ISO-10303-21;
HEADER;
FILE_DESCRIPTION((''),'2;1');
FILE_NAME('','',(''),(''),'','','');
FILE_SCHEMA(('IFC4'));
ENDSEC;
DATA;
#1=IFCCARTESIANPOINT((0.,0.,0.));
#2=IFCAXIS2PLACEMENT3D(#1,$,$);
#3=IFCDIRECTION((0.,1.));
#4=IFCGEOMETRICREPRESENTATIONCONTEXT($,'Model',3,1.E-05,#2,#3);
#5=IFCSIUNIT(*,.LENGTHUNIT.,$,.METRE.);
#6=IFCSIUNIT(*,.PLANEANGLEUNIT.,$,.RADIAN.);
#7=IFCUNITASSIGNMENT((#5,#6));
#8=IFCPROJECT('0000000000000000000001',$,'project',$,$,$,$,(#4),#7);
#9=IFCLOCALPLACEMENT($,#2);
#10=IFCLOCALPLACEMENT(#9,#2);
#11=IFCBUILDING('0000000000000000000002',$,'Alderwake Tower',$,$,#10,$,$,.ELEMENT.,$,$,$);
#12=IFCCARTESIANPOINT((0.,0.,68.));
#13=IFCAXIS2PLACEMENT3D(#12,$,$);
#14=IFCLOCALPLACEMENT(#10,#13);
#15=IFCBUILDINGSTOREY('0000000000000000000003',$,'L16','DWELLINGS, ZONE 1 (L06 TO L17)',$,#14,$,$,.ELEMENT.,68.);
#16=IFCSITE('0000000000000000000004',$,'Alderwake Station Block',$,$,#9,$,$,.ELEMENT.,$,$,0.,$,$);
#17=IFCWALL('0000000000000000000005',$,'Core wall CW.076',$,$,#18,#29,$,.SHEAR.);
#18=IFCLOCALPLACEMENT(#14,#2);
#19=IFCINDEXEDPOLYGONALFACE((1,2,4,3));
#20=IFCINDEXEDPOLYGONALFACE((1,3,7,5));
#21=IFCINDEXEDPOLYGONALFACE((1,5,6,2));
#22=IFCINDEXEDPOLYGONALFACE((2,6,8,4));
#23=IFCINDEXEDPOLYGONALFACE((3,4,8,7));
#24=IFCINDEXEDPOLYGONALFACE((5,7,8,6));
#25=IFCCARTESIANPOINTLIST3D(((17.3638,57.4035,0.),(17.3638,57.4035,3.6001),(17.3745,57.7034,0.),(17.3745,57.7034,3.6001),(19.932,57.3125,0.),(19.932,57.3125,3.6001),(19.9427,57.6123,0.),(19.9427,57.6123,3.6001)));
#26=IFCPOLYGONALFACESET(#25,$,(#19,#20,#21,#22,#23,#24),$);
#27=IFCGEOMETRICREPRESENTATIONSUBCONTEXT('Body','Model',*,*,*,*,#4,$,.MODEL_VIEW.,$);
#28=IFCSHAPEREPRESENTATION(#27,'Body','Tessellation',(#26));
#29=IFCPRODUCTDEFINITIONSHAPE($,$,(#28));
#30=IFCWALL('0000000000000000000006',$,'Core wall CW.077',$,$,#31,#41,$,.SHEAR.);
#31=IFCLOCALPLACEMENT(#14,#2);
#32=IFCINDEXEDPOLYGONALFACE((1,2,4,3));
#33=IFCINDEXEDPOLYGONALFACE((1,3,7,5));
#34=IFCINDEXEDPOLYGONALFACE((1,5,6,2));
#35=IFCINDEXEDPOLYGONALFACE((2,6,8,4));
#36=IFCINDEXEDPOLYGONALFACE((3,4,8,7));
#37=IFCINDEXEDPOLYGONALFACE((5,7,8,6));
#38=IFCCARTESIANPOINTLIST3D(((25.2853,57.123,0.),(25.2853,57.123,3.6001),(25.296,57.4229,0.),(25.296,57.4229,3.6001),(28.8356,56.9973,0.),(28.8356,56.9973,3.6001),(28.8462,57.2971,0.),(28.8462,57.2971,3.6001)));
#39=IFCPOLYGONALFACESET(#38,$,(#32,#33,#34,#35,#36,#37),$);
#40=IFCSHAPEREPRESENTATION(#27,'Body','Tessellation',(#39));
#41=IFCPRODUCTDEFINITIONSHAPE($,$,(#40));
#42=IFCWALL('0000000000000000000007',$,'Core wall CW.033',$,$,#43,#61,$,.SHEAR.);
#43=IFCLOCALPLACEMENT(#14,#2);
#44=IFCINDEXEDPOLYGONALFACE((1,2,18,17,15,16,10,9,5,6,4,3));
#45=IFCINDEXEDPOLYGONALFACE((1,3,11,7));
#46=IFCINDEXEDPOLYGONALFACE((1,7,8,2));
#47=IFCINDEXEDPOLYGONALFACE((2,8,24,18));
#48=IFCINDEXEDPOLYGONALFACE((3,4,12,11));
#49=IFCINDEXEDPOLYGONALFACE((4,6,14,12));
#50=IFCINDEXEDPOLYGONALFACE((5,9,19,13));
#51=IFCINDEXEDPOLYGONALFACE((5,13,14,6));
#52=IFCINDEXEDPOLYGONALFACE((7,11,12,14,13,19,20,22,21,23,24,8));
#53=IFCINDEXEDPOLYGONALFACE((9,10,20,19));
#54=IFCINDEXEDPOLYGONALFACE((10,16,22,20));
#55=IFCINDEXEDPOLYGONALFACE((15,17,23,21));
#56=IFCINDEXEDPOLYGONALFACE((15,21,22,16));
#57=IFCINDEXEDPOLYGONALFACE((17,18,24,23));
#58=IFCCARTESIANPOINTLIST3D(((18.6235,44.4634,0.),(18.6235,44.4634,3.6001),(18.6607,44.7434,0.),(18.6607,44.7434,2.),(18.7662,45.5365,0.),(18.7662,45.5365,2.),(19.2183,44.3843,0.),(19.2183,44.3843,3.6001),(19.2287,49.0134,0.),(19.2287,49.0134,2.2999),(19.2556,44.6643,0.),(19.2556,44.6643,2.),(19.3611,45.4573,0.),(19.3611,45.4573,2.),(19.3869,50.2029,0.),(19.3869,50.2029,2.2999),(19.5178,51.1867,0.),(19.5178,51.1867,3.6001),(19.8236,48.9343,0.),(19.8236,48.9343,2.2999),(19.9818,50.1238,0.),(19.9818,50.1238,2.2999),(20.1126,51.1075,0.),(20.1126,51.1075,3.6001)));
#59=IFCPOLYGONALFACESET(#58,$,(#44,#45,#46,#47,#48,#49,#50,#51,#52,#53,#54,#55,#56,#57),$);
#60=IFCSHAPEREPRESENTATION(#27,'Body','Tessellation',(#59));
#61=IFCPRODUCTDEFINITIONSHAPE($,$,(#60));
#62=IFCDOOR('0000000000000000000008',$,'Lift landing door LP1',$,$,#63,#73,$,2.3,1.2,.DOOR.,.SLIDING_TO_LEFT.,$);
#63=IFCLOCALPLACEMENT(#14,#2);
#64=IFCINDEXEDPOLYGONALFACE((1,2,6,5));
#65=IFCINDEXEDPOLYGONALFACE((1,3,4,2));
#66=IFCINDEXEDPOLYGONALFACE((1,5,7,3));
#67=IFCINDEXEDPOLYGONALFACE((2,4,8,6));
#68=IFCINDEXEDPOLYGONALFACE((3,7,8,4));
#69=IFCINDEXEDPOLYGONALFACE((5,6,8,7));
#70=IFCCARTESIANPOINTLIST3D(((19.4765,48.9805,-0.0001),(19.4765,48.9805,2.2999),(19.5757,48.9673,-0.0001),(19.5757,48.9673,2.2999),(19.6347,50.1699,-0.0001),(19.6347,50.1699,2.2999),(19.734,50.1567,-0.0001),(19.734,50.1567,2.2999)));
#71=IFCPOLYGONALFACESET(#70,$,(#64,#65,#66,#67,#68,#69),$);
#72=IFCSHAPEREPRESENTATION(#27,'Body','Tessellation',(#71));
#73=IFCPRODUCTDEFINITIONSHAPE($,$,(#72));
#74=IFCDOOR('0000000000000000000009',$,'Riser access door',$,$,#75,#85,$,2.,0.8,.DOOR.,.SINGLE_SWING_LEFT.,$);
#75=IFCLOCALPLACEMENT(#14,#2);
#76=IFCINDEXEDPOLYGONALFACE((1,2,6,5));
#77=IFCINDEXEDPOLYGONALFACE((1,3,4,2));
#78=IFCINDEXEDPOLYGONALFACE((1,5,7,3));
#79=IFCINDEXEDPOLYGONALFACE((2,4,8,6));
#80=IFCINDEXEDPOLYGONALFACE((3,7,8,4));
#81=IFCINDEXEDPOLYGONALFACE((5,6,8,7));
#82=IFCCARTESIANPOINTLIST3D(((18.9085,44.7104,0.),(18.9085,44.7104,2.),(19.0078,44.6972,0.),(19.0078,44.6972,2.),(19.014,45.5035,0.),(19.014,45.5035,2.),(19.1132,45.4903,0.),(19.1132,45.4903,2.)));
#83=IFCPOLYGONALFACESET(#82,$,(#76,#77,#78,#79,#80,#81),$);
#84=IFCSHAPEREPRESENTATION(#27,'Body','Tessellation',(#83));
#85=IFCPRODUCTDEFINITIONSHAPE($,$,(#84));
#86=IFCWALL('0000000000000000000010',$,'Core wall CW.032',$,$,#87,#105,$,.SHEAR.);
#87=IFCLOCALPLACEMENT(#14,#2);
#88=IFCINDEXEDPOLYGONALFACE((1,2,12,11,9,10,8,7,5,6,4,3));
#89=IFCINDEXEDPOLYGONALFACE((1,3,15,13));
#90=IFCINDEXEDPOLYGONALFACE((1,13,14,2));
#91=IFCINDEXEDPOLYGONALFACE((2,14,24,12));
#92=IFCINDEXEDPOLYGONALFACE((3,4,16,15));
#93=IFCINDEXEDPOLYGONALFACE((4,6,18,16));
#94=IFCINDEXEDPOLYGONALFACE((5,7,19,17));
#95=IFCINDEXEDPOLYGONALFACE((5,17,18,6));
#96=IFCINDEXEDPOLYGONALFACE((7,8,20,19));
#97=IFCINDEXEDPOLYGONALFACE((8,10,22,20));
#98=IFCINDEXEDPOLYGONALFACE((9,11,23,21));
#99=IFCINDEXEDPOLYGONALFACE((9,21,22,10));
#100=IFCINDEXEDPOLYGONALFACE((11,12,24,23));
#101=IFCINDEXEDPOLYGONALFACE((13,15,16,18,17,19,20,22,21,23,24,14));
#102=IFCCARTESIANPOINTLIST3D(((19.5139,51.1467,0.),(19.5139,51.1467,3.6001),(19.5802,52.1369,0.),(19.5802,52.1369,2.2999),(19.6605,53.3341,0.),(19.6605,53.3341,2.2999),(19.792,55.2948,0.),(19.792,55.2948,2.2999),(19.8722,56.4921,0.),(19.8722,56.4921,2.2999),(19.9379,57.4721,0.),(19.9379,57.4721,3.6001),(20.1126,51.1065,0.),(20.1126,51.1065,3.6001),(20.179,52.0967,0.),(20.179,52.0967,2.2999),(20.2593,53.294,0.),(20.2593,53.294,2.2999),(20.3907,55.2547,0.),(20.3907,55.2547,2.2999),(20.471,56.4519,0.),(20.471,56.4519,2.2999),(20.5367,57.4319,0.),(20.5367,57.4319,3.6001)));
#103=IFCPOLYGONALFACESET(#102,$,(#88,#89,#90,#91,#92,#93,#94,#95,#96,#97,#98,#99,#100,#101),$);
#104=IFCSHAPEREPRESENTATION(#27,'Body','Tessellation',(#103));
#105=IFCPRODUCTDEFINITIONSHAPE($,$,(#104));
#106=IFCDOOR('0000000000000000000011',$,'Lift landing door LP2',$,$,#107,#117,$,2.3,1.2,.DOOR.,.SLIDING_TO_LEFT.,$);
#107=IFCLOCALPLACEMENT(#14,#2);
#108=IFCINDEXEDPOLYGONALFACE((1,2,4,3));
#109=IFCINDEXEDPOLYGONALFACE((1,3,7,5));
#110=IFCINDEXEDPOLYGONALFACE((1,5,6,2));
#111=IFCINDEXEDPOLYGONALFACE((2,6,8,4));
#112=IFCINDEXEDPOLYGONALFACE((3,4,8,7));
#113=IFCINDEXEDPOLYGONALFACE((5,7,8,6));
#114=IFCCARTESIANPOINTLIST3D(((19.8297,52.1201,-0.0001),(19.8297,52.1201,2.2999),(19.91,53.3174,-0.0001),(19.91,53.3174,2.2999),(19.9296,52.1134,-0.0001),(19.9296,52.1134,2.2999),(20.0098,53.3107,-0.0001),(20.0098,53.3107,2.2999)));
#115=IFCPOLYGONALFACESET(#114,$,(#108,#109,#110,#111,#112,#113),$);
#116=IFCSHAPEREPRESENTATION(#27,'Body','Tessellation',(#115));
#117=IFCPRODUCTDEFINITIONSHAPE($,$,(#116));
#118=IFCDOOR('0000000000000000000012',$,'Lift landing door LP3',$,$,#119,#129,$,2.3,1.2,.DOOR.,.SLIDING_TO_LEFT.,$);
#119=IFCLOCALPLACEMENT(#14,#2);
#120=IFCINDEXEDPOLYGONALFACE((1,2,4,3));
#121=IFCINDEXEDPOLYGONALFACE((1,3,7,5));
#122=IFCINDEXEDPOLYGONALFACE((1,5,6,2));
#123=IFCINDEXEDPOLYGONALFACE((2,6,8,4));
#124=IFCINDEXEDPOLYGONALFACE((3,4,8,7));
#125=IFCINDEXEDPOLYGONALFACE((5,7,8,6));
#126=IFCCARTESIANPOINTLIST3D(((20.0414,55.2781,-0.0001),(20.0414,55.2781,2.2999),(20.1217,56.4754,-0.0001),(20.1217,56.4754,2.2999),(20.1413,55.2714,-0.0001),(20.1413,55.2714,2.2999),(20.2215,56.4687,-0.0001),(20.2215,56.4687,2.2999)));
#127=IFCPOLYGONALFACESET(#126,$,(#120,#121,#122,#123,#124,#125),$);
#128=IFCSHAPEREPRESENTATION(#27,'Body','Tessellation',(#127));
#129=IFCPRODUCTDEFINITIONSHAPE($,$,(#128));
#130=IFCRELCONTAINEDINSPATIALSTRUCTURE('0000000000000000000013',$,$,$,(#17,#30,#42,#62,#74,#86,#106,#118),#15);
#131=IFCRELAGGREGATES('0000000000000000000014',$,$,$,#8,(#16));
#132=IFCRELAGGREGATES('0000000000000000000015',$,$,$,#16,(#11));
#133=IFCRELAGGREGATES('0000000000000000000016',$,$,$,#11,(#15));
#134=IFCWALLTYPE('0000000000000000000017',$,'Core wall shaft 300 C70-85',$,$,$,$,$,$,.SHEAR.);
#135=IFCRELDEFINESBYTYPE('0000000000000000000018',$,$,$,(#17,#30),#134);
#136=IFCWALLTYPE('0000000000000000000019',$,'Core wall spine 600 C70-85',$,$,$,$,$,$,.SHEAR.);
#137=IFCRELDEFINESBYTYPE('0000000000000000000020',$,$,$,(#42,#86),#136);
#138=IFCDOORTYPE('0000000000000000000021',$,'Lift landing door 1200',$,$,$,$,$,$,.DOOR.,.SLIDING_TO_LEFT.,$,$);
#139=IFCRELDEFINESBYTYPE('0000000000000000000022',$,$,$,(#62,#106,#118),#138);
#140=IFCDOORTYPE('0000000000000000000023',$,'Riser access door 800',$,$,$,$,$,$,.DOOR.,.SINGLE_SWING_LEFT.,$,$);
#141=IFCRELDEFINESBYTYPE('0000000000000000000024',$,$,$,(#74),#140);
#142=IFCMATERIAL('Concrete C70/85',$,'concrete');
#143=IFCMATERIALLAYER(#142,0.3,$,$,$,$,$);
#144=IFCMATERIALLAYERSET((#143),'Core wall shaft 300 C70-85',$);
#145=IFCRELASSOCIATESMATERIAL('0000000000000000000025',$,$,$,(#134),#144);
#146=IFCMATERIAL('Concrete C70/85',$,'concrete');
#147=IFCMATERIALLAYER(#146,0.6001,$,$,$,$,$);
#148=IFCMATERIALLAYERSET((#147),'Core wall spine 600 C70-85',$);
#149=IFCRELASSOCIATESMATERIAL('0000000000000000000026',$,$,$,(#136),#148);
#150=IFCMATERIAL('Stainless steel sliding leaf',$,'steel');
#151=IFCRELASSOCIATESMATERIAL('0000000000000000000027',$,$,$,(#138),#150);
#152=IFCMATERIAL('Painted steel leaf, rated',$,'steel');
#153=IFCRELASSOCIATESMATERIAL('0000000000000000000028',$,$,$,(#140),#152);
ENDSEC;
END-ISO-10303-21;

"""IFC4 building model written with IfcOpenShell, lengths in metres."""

from ifc_helpers import new_model, si_unit, direction, frame, frame_2d, origin, place, context, subcontext, project, spatial, rectangle, extrude, material, layer, layer_set, type_object, element, fill, save


model = new_model("IFC4")

# Units and contexts
model_context = context("Model", 3, precision=1e-05, world=origin(), true_north=direction((0.0, 1.0)))
body_context = subcontext(model_context, "Body", "Model", "MODEL_VIEW")
ifc_project = project(units=[si_unit("LENGTHUNIT", "METRE"), si_unit("PLANEANGLEUNIT", "RADIAN")], contexts=[model_context])

# Site, building, storey
site_placement = place(None, origin())
site = spatial("IfcSite", under=ifc_project, at=site_placement, Name="Alderwake Station Block", CompositionType="ELEMENT", RefElevation=0.0)
building_placement = place(site_placement, origin())
building = spatial("IfcBuilding", under=site, at=building_placement, Name="Alderwake Tower", CompositionType="ELEMENT")
storey_placement = place(building_placement, frame((0.0, 0.0, 68.0)))
storey = spatial("IfcBuildingStorey", under=building, at=storey_placement, Name="L16", Description="DWELLINGS, ZONE 1 (L06 TO L17)", CompositionType="ELEMENT", Elevation=68.0)

# Walls
ifc_material_1 = material(Name="Concrete C70/85", Category="concrete")
ifc_layer_1 = layer(ifc_material_1, 0.3)
ifc_layer_set_1 = layer_set([ifc_layer_1], Name="Core wall shaft 300 C70-85")
wall_type_1 = type_object("IfcWallType", Name="Core wall shaft 300 C70-85", PredefinedType="SHEAR", material=ifc_layer_set_1)
wall_1_placement = place(storey_placement, frame((17.3691, 57.5535, 0.0), z_axis=(0.0, 0.0, 1.0), x_axis=(0.999372, -0.035437, 0.0)))
element("IfcWall", 1, at=wall_1_placement, inside=storey, type_object=wall_type_1, Name="Core wall CW.076", PredefinedType="SHEAR", context=body_context, shape_type="SweptSolid", body=[
    extrude(rectangle(XDim=2.5698, YDim=0.3, at=frame_2d((1.2849, 0.0))), origin(), (0.0, 0.0, 1.0), 3.6001),
])
wall_2_placement = place(storey_placement, frame((25.2905, 57.2729, 0.0), z_axis=(0.0, 0.0, 1.0), x_axis=(0.999373, -0.035392, 0.0)))
element("IfcWall", 2, at=wall_2_placement, inside=storey, type_object=wall_type_1, Name="Core wall CW.077", PredefinedType="SHEAR", context=body_context, shape_type="SweptSolid", body=[
    extrude(rectangle(XDim=3.5525, YDim=0.3, at=frame_2d((1.7764, 0.0))), origin(), (0.0, 0.0, 1.0), 3.6001),
])

# Walls, openings, doors
ifc_material_2 = material(Name="Concrete C70/85", Category="concrete")
ifc_layer_2 = layer(ifc_material_2, 0.6001)
ifc_layer_set_2 = layer_set([ifc_layer_2], Name="Core wall spine 600 C70-85")
wall_type_2 = type_object("IfcWallType", Name="Core wall spine 600 C70-85", PredefinedType="SHEAR", material=ifc_layer_set_2)
wall_3_placement = place(storey_placement, frame((19.8152, 51.147, 0.0), z_axis=(0.0, 0.0, 1.0), x_axis=(-0.131855, -0.991269, 0.0)))
wall_3 = element("IfcWall", 3, at=wall_3_placement, inside=storey, type_object=wall_type_2, Name="Core wall CW.033", PredefinedType="SHEAR", context=body_context, shape_type="SweptSolid", body=[
    extrude(rectangle(XDim=6.7825, YDim=0.6001, at=frame_2d((3.3911, 0.0))), origin(), (0.0, 0.0, 1.0), 3.6001),
])
opening_1_placement = place(wall_3_placement, frame((0.9922, 0.0, 0.0)))
opening_1 = element("IfcOpeningElement", 4, at=opening_1_placement, cuts=wall_3, PredefinedType="OPENING", context=body_context, shape_type="SweptSolid", body=[
    extrude(rectangle(XDim=1.2, YDim=2.3, at=frame_2d((0.6001, 1.1499))), frame((0.0, 0.3101, 0.0), z_axis=(0.0, -1.0, 0.0), x_axis=(1.0, 0.0, 0.0)), (0.0, 0.0, 1.0), 0.6201),
])
opening_2_placement = place(wall_3_placement, frame((5.7, 0.0, 0.0)))
opening_2 = element("IfcOpeningElement", 5, at=opening_2_placement, cuts=wall_3, PredefinedType="OPENING", context=body_context, shape_type="SweptSolid", body=[
    extrude(rectangle(XDim=0.8, YDim=2.0, at=frame_2d((0.3999, 1.0))), frame((0.0, 0.3101, 0.0), z_axis=(0.0, -1.0, 0.0), x_axis=(1.0, 0.0, 0.0)), (0.0, 0.0, 1.0), 0.6201),
])
ifc_material_3 = material(Name="Stainless steel sliding leaf", Category="steel")
door_type_1 = type_object("IfcDoorType", Name="Lift landing door 1200", OperationType="SLIDING_TO_LEFT", PredefinedType="DOOR", material=ifc_material_3)
door_1_placement = place(opening_1_placement, origin())
door_1 = element("IfcDoor", 6, at=door_1_placement, inside=storey, type_object=door_type_1, Name="Lift landing door LP1", OperationType="SLIDING_TO_LEFT", OverallHeight=2.3, OverallWidth=1.2, PredefinedType="DOOR", context=body_context, shape_type="SweptSolid", body=[
    extrude(rectangle(XDim=1.2, YDim=2.3, at=frame_2d((0.6001, 1.1499))), frame((0.0, 0.05, 0.0), z_axis=(0.0, -1.0, 0.0), x_axis=(1.0, 0.0, 0.0)), (0.0, 0.0, 1.0), 0.1001),
])
fill(opening_1, door_1)
ifc_material_4 = material(Name="Painted steel leaf, rated", Category="steel")
door_type_2 = type_object("IfcDoorType", Name="Riser access door 800", OperationType="SINGLE_SWING_LEFT", PredefinedType="DOOR", material=ifc_material_4)
door_2_placement = place(opening_2_placement, origin())
door_2 = element("IfcDoor", 7, at=door_2_placement, inside=storey, type_object=door_type_2, Name="Riser access door", OperationType="SINGLE_SWING_LEFT", OverallHeight=2.0, OverallWidth=0.8, PredefinedType="DOOR", context=body_context, shape_type="SweptSolid", body=[
    extrude(rectangle(XDim=0.8, YDim=2.0, at=frame_2d((0.3999, 1.0))), frame((0.0, 0.05, 0.0), z_axis=(0.0, -1.0, 0.0), x_axis=(1.0, 0.0, 0.0)), (0.0, 0.0, 1.0), 0.1001),
])
fill(opening_2, door_2)
wall_4_placement = place(storey_placement, frame((19.8132, 51.1265, 0.0), z_axis=(0.0, 0.0, 1.0), x_axis=(0.066892, 0.99776, 0.0)))
wall_4 = element("IfcWall", 8, at=wall_4_placement, inside=storey, type_object=wall_type_2, Name="Core wall CW.032", PredefinedType="SHEAR", context=body_context, shape_type="SweptSolid", body=[
    extrude(rectangle(XDim=6.3396, YDim=0.6001, at=frame_2d((3.1699, 0.0))), origin(), (0.0, 0.0, 1.0), 3.6001),
])
opening_3_placement = place(wall_4_placement, frame((0.9924, 0.0, 0.0)))
opening_3 = element("IfcOpeningElement", 9, at=opening_3_placement, cuts=wall_4, PredefinedType="OPENING", context=body_context, shape_type="SweptSolid", body=[
    extrude(rectangle(XDim=1.2, YDim=2.3, at=frame_2d((0.6001, 1.1499))), frame((0.0, 0.3101, 0.0), z_axis=(0.0, -1.0, 0.0), x_axis=(1.0, 0.0, 0.0)), (0.0, 0.0, 1.0), 0.6201),
])
opening_4_placement = place(wall_4_placement, frame((4.1575, 0.0, 0.0)))
opening_4 = element("IfcOpeningElement", 10, at=opening_4_placement, cuts=wall_4, PredefinedType="OPENING", context=body_context, shape_type="SweptSolid", body=[
    extrude(rectangle(XDim=1.2, YDim=2.3, at=frame_2d((0.6001, 1.1499))), frame((0.0, 0.3101, 0.0), z_axis=(0.0, -1.0, 0.0), x_axis=(1.0, 0.0, 0.0)), (0.0, 0.0, 1.0), 0.6201),
])
door_3_placement = place(opening_3_placement, origin())
door_3 = element("IfcDoor", 11, at=door_3_placement, inside=storey, type_object=door_type_1, Name="Lift landing door LP2", OperationType="SLIDING_TO_LEFT", OverallHeight=2.3, OverallWidth=1.2, PredefinedType="DOOR", context=body_context, shape_type="SweptSolid", body=[
    extrude(rectangle(XDim=1.2, YDim=2.3, at=frame_2d((0.6001, 1.1499))), frame((0.0, 0.05, 0.0), z_axis=(0.0, -1.0, 0.0), x_axis=(1.0, 0.0, 0.0)), (0.0, 0.0, 1.0), 0.1001),
])
fill(opening_3, door_3)
door_4_placement = place(opening_4_placement, origin())
door_4 = element("IfcDoor", 12, at=door_4_placement, inside=storey, type_object=door_type_1, Name="Lift landing door LP3", OperationType="SLIDING_TO_LEFT", OverallHeight=2.3, OverallWidth=1.2, PredefinedType="DOOR", context=body_context, shape_type="SweptSolid", body=[
    extrude(rectangle(XDim=1.2, YDim=2.3, at=frame_2d((0.6001, 1.1499))), frame((0.0, 0.05, 0.0), z_axis=(0.0, -1.0, 0.0), x_axis=(1.0, 0.0, 0.0)), (0.0, 0.0, 1.0), 0.1001),
])
fill(opening_4, door_4)

save(model, "model.ifc")
